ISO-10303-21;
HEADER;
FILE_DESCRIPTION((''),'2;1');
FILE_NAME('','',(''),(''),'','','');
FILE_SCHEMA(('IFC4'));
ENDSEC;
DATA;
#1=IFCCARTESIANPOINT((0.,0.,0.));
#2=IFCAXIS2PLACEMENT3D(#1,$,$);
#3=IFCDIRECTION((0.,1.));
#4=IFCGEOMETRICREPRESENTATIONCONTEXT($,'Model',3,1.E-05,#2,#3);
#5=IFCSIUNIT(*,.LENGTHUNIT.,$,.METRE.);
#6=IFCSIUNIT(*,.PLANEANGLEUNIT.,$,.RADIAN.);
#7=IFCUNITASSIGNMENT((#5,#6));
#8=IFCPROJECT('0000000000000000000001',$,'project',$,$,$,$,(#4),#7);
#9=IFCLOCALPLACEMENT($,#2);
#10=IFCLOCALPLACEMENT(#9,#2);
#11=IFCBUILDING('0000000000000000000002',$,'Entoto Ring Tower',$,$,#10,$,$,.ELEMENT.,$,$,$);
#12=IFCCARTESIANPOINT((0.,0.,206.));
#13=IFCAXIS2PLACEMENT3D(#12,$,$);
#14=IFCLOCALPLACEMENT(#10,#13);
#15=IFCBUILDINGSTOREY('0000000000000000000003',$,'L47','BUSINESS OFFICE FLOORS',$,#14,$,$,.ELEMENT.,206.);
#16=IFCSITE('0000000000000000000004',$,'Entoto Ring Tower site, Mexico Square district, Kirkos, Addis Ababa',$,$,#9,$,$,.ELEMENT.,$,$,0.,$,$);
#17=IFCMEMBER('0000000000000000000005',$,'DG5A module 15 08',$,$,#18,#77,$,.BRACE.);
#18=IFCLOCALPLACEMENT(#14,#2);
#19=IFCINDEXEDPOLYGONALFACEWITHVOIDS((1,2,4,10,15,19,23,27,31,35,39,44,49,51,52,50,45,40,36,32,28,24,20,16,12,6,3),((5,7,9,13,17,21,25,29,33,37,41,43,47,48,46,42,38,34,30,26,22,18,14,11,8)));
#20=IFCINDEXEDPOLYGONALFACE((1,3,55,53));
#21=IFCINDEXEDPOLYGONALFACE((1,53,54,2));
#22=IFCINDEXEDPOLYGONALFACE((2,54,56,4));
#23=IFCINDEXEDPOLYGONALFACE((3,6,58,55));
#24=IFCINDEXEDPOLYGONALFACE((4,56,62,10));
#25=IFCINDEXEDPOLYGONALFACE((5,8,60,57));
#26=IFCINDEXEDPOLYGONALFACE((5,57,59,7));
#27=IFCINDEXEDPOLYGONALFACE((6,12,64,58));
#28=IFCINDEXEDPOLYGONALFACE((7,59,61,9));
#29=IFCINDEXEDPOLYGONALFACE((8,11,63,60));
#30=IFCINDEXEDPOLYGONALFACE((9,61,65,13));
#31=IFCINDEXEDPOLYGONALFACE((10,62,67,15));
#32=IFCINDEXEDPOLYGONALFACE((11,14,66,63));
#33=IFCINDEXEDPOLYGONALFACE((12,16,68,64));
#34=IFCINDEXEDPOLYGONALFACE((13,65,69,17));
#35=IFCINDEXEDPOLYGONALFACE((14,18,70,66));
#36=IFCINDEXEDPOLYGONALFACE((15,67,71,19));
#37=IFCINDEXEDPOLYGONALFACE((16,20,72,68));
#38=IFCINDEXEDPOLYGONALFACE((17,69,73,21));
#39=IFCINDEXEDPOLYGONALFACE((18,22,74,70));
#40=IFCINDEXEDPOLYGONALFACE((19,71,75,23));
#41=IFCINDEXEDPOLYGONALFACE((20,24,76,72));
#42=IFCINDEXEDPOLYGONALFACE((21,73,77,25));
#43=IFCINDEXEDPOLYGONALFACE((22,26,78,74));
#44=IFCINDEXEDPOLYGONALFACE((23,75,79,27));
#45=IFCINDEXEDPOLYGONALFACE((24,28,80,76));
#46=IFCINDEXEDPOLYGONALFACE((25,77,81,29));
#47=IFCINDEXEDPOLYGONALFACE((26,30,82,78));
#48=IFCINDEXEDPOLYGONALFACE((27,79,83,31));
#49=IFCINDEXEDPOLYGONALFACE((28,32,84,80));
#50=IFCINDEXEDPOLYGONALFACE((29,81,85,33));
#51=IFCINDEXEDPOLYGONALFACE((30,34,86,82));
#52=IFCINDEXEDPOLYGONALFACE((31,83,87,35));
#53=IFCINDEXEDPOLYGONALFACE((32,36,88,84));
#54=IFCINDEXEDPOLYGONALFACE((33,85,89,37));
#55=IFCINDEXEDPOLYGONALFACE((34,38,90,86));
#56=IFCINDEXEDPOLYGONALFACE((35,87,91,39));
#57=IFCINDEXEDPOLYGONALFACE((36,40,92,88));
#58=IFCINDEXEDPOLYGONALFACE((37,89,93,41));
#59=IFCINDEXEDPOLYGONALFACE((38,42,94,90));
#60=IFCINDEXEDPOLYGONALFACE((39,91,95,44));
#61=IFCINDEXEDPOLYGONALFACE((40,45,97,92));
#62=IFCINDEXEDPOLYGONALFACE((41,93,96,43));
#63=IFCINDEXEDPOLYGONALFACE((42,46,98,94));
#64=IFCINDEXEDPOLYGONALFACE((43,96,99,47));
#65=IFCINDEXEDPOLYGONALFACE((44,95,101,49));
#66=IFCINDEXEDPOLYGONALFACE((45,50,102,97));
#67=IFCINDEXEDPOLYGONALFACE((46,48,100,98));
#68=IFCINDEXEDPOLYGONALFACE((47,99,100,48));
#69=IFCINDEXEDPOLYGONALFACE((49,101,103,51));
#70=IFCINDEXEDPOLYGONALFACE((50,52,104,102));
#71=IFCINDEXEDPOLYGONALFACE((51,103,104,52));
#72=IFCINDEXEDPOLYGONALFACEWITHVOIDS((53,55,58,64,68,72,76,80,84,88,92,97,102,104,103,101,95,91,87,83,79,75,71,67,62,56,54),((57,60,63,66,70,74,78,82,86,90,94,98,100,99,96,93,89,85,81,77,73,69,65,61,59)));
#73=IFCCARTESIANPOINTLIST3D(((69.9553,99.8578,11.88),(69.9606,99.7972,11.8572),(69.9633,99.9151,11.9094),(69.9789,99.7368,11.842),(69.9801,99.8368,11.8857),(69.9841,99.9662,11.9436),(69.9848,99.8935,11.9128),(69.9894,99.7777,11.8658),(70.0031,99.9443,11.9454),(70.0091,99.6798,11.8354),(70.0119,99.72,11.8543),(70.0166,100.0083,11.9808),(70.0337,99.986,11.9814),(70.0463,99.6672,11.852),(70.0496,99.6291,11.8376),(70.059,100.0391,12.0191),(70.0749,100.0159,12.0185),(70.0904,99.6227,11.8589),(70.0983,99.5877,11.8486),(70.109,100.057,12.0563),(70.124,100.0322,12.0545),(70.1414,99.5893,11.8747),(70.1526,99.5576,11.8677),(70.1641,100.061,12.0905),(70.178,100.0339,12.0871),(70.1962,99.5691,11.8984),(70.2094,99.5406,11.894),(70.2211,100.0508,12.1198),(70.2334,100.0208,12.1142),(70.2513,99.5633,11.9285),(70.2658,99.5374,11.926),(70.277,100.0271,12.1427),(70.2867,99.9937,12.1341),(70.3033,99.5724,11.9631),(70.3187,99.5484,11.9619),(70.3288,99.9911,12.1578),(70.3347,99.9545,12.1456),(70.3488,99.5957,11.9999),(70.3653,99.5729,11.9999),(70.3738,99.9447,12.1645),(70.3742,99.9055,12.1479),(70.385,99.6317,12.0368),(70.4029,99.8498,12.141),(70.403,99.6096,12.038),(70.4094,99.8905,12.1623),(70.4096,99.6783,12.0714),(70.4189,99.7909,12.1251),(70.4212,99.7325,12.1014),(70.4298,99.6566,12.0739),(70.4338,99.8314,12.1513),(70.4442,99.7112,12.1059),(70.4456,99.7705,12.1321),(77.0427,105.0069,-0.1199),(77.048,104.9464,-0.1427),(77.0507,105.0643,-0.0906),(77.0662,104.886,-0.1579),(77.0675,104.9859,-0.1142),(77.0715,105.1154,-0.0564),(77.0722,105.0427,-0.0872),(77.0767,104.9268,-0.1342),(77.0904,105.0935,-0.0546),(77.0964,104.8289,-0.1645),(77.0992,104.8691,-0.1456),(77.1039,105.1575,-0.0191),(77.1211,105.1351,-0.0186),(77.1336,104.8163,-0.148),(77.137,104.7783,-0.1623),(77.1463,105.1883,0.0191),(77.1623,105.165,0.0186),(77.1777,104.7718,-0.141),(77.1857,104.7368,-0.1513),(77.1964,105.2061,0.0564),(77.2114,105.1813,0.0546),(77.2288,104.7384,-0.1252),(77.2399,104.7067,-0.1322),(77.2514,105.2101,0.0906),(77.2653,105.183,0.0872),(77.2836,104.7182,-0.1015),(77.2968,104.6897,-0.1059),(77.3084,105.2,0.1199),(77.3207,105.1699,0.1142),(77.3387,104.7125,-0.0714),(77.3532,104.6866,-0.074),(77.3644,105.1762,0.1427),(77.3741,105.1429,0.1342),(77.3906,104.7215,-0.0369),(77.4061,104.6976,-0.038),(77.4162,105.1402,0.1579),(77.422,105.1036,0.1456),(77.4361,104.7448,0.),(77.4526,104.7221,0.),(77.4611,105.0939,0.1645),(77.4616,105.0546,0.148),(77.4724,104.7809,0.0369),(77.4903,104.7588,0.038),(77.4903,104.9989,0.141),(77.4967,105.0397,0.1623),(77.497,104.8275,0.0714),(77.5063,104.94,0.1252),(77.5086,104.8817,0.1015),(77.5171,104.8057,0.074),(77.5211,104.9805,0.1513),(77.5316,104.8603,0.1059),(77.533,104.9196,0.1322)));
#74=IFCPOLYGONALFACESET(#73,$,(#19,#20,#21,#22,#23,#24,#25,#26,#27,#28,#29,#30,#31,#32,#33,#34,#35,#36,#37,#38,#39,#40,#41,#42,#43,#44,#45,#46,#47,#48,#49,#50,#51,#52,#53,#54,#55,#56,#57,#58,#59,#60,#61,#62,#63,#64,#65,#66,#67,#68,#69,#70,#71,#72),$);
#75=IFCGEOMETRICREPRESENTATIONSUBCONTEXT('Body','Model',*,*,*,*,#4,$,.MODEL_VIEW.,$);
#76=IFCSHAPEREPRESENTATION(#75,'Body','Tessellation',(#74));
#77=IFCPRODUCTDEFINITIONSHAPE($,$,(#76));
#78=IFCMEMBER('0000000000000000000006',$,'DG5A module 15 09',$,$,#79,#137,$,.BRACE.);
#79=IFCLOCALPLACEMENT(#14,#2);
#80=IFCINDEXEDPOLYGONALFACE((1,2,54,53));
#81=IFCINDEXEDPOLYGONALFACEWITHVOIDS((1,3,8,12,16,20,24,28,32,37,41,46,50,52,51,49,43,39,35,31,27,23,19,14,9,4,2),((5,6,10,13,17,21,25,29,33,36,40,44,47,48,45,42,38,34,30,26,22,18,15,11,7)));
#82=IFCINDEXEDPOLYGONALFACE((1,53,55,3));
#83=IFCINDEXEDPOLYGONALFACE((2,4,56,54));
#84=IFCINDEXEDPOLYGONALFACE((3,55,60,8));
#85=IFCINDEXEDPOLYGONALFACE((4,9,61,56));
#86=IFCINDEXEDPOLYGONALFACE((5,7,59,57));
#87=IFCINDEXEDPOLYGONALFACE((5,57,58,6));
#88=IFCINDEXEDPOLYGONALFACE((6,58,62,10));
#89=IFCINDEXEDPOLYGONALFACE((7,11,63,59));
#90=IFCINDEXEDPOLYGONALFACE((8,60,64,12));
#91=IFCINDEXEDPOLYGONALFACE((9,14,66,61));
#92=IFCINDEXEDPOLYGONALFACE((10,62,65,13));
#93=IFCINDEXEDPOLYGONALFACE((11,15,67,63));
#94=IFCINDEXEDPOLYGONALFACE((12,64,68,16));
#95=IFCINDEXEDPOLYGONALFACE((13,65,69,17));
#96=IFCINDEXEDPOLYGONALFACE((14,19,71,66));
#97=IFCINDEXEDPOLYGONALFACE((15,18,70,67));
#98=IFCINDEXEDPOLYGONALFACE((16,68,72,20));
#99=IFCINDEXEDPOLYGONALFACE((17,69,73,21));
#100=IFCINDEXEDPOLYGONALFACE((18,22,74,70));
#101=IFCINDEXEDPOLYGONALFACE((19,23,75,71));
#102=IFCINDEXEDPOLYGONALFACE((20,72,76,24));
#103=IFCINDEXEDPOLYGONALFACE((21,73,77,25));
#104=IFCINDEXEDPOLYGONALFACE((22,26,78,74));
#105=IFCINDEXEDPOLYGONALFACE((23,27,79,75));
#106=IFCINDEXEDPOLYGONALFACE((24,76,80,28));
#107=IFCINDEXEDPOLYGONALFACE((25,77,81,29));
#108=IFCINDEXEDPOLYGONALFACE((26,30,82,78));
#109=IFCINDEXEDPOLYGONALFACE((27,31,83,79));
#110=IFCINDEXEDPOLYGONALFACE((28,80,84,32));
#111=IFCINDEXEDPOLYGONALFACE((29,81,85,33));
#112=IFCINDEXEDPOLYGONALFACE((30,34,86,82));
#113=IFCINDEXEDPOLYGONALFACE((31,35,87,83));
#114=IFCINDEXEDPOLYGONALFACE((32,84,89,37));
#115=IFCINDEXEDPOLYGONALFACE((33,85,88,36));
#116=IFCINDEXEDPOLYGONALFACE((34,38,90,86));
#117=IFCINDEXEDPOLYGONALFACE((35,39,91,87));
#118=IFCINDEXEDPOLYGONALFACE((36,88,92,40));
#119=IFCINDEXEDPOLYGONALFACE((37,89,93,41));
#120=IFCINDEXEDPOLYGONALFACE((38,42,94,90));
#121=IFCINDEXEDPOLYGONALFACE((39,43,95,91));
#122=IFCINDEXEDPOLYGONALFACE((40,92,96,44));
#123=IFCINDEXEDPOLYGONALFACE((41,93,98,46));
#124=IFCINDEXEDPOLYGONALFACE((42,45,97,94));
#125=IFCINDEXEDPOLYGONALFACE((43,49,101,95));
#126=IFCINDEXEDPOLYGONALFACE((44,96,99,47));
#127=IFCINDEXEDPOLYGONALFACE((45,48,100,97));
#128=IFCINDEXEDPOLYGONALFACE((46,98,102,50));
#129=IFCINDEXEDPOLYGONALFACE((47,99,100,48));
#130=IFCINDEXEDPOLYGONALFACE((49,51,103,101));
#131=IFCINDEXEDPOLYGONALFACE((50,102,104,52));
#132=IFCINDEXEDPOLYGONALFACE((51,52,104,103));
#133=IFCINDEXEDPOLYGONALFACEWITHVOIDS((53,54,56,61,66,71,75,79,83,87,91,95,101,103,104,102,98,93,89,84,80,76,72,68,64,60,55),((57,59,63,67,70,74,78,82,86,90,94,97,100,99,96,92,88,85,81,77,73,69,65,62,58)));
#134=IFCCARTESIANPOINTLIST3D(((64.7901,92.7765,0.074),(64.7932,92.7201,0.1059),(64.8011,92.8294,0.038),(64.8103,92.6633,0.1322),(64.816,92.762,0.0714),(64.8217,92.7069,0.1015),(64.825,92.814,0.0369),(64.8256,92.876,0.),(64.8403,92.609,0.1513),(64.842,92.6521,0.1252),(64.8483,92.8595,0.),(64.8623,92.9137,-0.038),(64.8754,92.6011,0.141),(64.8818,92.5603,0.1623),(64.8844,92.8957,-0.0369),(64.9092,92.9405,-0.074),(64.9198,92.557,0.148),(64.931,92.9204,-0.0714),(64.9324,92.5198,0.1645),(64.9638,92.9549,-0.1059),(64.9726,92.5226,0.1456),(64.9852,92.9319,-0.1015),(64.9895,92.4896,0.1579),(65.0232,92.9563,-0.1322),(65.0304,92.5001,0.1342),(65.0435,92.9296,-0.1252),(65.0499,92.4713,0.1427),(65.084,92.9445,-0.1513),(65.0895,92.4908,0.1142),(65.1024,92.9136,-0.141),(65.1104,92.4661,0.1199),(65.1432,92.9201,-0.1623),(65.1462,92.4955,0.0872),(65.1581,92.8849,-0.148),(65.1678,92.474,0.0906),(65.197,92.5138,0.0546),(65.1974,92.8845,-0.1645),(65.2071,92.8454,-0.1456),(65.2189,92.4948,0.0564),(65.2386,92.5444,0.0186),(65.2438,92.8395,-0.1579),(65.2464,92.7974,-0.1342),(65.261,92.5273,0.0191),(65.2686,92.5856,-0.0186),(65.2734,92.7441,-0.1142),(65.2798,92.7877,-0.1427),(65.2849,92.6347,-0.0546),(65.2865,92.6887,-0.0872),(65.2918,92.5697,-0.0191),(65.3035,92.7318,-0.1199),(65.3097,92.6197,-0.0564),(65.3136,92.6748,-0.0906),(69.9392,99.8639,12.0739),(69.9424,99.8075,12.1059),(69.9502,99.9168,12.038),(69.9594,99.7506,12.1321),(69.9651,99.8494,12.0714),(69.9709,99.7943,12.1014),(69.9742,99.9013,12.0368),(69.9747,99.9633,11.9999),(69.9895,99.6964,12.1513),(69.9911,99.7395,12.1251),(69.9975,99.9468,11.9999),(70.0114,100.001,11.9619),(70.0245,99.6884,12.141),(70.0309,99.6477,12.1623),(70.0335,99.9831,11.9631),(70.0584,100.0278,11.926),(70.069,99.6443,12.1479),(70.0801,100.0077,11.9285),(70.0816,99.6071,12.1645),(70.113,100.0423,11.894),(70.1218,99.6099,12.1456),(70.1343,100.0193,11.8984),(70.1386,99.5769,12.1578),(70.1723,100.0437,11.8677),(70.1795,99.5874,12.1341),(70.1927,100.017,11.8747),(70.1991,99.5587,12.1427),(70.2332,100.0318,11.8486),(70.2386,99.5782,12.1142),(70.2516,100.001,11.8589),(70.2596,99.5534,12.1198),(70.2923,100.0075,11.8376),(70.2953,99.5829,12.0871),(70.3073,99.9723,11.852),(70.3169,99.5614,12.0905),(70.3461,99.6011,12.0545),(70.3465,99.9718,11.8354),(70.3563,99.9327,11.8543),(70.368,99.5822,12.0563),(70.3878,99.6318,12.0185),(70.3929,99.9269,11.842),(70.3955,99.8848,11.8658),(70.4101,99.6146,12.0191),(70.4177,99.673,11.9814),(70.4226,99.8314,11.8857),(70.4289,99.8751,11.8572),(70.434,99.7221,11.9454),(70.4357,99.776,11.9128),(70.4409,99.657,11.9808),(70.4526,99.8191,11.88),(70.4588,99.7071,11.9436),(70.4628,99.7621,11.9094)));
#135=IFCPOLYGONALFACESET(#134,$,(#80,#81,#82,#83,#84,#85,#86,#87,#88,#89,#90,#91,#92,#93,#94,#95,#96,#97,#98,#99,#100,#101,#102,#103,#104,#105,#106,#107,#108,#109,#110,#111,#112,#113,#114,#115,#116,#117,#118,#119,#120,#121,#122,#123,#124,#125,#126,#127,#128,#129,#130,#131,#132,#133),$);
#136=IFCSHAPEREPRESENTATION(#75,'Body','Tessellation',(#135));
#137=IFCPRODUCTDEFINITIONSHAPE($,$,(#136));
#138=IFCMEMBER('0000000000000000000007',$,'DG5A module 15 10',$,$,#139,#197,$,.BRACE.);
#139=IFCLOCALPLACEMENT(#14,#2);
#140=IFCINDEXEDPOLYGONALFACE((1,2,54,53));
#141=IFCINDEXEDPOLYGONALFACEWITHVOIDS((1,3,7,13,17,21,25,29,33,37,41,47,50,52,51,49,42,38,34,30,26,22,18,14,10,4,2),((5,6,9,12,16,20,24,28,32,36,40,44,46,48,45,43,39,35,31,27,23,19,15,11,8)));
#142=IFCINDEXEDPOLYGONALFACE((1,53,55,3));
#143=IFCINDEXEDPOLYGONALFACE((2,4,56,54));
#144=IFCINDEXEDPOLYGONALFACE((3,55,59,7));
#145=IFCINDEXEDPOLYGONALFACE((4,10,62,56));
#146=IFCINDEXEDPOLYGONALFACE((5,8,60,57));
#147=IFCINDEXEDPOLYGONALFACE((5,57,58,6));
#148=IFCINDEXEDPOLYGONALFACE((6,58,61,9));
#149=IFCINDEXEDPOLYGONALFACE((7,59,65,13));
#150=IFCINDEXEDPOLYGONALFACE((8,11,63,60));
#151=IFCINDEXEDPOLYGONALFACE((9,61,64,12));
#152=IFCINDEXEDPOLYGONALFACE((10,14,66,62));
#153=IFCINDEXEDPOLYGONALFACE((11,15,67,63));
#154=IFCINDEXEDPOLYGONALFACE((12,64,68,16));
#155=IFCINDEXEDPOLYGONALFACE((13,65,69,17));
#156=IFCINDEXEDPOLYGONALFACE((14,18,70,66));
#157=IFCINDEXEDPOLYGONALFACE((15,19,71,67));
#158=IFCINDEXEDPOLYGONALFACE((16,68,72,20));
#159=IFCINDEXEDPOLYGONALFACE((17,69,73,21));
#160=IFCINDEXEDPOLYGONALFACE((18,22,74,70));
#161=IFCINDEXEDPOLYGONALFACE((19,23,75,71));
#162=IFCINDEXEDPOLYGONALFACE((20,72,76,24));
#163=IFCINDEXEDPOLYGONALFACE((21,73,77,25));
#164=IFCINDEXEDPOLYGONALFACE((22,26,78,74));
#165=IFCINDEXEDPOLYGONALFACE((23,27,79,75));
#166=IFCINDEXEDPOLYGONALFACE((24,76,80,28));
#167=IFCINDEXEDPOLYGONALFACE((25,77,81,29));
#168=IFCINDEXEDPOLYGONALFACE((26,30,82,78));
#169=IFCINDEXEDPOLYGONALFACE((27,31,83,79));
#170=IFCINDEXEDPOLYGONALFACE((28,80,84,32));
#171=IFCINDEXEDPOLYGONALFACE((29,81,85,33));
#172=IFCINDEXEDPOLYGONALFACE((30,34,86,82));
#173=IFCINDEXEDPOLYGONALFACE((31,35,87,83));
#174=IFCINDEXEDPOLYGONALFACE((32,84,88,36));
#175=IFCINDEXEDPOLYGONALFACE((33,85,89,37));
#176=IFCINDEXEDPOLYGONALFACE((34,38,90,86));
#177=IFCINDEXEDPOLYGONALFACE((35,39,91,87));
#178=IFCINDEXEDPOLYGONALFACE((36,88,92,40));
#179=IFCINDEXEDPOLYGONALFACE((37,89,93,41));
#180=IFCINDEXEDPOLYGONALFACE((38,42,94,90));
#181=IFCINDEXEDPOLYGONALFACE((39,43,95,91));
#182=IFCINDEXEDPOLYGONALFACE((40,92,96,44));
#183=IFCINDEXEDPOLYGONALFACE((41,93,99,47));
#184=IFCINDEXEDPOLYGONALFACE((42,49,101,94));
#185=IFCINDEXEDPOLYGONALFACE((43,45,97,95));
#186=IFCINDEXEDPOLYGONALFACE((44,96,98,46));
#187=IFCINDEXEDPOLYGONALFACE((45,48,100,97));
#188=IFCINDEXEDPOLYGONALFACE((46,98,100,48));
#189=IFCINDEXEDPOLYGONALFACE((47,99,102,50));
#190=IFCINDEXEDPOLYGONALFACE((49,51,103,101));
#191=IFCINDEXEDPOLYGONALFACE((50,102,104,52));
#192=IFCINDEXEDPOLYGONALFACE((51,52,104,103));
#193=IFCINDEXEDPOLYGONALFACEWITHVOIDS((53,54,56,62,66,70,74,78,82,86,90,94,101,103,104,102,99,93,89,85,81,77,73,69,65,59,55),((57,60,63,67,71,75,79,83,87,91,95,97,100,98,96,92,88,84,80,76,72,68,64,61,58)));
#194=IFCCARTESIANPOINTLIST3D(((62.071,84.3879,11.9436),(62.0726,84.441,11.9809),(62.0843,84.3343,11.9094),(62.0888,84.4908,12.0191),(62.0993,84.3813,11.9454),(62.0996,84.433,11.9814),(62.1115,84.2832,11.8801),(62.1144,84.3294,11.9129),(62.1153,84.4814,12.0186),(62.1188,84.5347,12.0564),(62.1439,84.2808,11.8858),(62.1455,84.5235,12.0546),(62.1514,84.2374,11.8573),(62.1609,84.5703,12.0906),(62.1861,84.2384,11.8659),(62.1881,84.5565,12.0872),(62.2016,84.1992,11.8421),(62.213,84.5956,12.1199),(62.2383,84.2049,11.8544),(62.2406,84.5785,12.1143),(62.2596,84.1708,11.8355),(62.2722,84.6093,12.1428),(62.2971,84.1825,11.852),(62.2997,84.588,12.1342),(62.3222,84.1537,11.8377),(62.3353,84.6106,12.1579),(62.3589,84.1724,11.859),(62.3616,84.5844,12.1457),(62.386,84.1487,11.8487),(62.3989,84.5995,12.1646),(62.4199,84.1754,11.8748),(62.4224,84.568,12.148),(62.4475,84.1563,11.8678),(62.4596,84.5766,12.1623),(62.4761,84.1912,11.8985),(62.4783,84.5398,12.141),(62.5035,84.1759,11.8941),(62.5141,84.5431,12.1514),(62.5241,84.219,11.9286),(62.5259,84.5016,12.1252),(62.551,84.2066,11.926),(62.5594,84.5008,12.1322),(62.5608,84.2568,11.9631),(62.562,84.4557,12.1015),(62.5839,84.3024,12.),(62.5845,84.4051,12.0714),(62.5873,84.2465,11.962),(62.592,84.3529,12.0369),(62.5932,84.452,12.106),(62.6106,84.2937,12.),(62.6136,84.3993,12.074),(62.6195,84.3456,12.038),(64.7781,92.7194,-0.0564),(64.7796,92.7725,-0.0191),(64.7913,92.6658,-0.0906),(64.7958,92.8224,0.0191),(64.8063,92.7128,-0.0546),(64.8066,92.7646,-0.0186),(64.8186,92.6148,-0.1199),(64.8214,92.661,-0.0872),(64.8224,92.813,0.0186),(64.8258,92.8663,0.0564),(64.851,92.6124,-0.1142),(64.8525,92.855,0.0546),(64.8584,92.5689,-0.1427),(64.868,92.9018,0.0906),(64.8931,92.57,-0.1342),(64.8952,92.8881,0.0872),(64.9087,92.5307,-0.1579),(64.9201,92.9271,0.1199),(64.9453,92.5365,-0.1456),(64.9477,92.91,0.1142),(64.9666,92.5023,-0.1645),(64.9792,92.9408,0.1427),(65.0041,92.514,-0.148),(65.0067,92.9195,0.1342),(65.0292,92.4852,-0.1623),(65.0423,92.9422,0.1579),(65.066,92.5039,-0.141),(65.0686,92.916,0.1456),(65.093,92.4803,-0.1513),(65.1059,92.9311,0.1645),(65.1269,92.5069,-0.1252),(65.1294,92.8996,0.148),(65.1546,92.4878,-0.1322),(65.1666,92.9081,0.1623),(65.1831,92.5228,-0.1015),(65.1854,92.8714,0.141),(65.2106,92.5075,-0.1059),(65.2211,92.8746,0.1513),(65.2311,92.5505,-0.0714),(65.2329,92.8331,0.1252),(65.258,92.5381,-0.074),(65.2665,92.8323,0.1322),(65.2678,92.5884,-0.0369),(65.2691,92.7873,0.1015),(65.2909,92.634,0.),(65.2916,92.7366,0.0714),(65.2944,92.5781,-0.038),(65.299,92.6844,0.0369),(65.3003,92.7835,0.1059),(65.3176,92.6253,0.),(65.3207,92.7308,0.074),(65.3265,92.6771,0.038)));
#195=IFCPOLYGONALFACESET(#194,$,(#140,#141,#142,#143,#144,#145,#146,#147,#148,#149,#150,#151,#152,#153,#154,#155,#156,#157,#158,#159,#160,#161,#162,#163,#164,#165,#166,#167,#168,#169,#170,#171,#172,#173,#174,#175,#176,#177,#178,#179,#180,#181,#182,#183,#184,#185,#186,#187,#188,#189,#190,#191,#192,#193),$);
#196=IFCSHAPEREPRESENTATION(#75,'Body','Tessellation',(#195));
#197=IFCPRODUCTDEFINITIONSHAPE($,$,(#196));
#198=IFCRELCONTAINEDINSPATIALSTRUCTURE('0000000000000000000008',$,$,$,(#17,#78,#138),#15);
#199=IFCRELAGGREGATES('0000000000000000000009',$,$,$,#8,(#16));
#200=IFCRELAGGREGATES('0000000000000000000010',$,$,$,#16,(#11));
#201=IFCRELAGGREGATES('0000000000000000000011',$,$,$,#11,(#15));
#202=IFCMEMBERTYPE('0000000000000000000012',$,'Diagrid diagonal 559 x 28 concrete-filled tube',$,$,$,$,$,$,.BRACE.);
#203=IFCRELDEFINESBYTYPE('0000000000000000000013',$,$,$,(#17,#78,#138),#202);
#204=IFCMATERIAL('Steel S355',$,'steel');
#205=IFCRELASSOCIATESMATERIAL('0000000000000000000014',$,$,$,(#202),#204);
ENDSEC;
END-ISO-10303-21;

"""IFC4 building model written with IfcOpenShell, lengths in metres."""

from ifc_helpers import new_model, si_unit, direction, frame, origin, origin_2d, place, context, subcontext, project, spatial, circle, hollow_circle, extrude, material, material_profile, profile_set, type_object, element, save


model = new_model("IFC4")

# Units and contexts
model_context = context("Model", 3, precision=1e-05, world=origin(), true_north=direction((0.0, 1.0)))
body_context = subcontext(model_context, "Body", "Model", "MODEL_VIEW")
ifc_project = project(units=[si_unit("LENGTHUNIT", "METRE"), si_unit("PLANEANGLEUNIT", "RADIAN")], contexts=[model_context])

# Site, building, storey
site_placement = place(None, origin())
site = spatial("IfcSite", under=ifc_project, at=site_placement, Name="Entoto Ring Tower site, Mexico Square district, Kirkos, Addis Ababa", CompositionType="ELEMENT", RefElevation=0.0)
building_placement = place(site_placement, origin())
building = spatial("IfcBuilding", under=site, at=building_placement, Name="Entoto Ring Tower", CompositionType="ELEMENT")
storey_placement = place(building_placement, frame((0.0, 0.0, 206.0)))
storey = spatial("IfcBuildingStorey", under=building, at=storey_placement, Name="L47", Description="BUSINESS OFFICE FLOORS", CompositionType="ELEMENT", Elevation=206.0)

# Members
ifc_material_1 = material(Name="Steel S355", Category="steel")
ifc_material_profile_1 = material_profile(ifc_material_1, hollow_circle(Radius=0.2795, WallThickness=0.0281, at=origin_2d()), Name="CHS 559 x 28")
ifc_material_2 = material(Name="Concrete C60/75", Category="concrete")
ifc_material_profile_2 = material_profile(ifc_material_2, circle(Radius=0.2515, at=origin_2d()), Name="Concrete C60/75 infill")
ifc_profile_set_1 = profile_set([ifc_material_profile_1, ifc_material_profile_2], Name="Steel S355")
member_type_1 = type_object("IfcMemberType", Name="Diagrid diagonal 559 x 28 concrete-filled tube", PredefinedType="BRACE", material=ifc_profile_set_1)
for number, where, z_axis, x_axis, name in (
    (1, (77.2883, 104.9482, 0.0), (-0.477025, -0.34657, 0.807673), (0.587776, -0.809024, 0.0), "DG5A module 15 08"),
    (2, (65.0518, 92.7117, 0.0), (0.34657, 0.477025, 0.807673), (-0.809024, 0.587776, 0.0), "DG5A module 15 09"),
    (3, (65.0518, 92.7117, 0.0), (-0.182201, -0.560767, 0.807678), (0.951058, -0.309012, 0.0), "DG5A module 15 10"),
):
    element("IfcMember", number, at=place(storey_placement, frame(where, z_axis=z_axis, x_axis=x_axis)), inside=storey, type_object=member_type_1, Name=name, PredefinedType="BRACE", context=body_context, shape_type="SweptSolid", body=[
        extrude(hollow_circle(Radius=0.2795, WallThickness=0.0281, at=origin_2d()), origin(), (0.0, 0.0, 1.0), 14.8574),
    ])

save(model, "model.ifc")
